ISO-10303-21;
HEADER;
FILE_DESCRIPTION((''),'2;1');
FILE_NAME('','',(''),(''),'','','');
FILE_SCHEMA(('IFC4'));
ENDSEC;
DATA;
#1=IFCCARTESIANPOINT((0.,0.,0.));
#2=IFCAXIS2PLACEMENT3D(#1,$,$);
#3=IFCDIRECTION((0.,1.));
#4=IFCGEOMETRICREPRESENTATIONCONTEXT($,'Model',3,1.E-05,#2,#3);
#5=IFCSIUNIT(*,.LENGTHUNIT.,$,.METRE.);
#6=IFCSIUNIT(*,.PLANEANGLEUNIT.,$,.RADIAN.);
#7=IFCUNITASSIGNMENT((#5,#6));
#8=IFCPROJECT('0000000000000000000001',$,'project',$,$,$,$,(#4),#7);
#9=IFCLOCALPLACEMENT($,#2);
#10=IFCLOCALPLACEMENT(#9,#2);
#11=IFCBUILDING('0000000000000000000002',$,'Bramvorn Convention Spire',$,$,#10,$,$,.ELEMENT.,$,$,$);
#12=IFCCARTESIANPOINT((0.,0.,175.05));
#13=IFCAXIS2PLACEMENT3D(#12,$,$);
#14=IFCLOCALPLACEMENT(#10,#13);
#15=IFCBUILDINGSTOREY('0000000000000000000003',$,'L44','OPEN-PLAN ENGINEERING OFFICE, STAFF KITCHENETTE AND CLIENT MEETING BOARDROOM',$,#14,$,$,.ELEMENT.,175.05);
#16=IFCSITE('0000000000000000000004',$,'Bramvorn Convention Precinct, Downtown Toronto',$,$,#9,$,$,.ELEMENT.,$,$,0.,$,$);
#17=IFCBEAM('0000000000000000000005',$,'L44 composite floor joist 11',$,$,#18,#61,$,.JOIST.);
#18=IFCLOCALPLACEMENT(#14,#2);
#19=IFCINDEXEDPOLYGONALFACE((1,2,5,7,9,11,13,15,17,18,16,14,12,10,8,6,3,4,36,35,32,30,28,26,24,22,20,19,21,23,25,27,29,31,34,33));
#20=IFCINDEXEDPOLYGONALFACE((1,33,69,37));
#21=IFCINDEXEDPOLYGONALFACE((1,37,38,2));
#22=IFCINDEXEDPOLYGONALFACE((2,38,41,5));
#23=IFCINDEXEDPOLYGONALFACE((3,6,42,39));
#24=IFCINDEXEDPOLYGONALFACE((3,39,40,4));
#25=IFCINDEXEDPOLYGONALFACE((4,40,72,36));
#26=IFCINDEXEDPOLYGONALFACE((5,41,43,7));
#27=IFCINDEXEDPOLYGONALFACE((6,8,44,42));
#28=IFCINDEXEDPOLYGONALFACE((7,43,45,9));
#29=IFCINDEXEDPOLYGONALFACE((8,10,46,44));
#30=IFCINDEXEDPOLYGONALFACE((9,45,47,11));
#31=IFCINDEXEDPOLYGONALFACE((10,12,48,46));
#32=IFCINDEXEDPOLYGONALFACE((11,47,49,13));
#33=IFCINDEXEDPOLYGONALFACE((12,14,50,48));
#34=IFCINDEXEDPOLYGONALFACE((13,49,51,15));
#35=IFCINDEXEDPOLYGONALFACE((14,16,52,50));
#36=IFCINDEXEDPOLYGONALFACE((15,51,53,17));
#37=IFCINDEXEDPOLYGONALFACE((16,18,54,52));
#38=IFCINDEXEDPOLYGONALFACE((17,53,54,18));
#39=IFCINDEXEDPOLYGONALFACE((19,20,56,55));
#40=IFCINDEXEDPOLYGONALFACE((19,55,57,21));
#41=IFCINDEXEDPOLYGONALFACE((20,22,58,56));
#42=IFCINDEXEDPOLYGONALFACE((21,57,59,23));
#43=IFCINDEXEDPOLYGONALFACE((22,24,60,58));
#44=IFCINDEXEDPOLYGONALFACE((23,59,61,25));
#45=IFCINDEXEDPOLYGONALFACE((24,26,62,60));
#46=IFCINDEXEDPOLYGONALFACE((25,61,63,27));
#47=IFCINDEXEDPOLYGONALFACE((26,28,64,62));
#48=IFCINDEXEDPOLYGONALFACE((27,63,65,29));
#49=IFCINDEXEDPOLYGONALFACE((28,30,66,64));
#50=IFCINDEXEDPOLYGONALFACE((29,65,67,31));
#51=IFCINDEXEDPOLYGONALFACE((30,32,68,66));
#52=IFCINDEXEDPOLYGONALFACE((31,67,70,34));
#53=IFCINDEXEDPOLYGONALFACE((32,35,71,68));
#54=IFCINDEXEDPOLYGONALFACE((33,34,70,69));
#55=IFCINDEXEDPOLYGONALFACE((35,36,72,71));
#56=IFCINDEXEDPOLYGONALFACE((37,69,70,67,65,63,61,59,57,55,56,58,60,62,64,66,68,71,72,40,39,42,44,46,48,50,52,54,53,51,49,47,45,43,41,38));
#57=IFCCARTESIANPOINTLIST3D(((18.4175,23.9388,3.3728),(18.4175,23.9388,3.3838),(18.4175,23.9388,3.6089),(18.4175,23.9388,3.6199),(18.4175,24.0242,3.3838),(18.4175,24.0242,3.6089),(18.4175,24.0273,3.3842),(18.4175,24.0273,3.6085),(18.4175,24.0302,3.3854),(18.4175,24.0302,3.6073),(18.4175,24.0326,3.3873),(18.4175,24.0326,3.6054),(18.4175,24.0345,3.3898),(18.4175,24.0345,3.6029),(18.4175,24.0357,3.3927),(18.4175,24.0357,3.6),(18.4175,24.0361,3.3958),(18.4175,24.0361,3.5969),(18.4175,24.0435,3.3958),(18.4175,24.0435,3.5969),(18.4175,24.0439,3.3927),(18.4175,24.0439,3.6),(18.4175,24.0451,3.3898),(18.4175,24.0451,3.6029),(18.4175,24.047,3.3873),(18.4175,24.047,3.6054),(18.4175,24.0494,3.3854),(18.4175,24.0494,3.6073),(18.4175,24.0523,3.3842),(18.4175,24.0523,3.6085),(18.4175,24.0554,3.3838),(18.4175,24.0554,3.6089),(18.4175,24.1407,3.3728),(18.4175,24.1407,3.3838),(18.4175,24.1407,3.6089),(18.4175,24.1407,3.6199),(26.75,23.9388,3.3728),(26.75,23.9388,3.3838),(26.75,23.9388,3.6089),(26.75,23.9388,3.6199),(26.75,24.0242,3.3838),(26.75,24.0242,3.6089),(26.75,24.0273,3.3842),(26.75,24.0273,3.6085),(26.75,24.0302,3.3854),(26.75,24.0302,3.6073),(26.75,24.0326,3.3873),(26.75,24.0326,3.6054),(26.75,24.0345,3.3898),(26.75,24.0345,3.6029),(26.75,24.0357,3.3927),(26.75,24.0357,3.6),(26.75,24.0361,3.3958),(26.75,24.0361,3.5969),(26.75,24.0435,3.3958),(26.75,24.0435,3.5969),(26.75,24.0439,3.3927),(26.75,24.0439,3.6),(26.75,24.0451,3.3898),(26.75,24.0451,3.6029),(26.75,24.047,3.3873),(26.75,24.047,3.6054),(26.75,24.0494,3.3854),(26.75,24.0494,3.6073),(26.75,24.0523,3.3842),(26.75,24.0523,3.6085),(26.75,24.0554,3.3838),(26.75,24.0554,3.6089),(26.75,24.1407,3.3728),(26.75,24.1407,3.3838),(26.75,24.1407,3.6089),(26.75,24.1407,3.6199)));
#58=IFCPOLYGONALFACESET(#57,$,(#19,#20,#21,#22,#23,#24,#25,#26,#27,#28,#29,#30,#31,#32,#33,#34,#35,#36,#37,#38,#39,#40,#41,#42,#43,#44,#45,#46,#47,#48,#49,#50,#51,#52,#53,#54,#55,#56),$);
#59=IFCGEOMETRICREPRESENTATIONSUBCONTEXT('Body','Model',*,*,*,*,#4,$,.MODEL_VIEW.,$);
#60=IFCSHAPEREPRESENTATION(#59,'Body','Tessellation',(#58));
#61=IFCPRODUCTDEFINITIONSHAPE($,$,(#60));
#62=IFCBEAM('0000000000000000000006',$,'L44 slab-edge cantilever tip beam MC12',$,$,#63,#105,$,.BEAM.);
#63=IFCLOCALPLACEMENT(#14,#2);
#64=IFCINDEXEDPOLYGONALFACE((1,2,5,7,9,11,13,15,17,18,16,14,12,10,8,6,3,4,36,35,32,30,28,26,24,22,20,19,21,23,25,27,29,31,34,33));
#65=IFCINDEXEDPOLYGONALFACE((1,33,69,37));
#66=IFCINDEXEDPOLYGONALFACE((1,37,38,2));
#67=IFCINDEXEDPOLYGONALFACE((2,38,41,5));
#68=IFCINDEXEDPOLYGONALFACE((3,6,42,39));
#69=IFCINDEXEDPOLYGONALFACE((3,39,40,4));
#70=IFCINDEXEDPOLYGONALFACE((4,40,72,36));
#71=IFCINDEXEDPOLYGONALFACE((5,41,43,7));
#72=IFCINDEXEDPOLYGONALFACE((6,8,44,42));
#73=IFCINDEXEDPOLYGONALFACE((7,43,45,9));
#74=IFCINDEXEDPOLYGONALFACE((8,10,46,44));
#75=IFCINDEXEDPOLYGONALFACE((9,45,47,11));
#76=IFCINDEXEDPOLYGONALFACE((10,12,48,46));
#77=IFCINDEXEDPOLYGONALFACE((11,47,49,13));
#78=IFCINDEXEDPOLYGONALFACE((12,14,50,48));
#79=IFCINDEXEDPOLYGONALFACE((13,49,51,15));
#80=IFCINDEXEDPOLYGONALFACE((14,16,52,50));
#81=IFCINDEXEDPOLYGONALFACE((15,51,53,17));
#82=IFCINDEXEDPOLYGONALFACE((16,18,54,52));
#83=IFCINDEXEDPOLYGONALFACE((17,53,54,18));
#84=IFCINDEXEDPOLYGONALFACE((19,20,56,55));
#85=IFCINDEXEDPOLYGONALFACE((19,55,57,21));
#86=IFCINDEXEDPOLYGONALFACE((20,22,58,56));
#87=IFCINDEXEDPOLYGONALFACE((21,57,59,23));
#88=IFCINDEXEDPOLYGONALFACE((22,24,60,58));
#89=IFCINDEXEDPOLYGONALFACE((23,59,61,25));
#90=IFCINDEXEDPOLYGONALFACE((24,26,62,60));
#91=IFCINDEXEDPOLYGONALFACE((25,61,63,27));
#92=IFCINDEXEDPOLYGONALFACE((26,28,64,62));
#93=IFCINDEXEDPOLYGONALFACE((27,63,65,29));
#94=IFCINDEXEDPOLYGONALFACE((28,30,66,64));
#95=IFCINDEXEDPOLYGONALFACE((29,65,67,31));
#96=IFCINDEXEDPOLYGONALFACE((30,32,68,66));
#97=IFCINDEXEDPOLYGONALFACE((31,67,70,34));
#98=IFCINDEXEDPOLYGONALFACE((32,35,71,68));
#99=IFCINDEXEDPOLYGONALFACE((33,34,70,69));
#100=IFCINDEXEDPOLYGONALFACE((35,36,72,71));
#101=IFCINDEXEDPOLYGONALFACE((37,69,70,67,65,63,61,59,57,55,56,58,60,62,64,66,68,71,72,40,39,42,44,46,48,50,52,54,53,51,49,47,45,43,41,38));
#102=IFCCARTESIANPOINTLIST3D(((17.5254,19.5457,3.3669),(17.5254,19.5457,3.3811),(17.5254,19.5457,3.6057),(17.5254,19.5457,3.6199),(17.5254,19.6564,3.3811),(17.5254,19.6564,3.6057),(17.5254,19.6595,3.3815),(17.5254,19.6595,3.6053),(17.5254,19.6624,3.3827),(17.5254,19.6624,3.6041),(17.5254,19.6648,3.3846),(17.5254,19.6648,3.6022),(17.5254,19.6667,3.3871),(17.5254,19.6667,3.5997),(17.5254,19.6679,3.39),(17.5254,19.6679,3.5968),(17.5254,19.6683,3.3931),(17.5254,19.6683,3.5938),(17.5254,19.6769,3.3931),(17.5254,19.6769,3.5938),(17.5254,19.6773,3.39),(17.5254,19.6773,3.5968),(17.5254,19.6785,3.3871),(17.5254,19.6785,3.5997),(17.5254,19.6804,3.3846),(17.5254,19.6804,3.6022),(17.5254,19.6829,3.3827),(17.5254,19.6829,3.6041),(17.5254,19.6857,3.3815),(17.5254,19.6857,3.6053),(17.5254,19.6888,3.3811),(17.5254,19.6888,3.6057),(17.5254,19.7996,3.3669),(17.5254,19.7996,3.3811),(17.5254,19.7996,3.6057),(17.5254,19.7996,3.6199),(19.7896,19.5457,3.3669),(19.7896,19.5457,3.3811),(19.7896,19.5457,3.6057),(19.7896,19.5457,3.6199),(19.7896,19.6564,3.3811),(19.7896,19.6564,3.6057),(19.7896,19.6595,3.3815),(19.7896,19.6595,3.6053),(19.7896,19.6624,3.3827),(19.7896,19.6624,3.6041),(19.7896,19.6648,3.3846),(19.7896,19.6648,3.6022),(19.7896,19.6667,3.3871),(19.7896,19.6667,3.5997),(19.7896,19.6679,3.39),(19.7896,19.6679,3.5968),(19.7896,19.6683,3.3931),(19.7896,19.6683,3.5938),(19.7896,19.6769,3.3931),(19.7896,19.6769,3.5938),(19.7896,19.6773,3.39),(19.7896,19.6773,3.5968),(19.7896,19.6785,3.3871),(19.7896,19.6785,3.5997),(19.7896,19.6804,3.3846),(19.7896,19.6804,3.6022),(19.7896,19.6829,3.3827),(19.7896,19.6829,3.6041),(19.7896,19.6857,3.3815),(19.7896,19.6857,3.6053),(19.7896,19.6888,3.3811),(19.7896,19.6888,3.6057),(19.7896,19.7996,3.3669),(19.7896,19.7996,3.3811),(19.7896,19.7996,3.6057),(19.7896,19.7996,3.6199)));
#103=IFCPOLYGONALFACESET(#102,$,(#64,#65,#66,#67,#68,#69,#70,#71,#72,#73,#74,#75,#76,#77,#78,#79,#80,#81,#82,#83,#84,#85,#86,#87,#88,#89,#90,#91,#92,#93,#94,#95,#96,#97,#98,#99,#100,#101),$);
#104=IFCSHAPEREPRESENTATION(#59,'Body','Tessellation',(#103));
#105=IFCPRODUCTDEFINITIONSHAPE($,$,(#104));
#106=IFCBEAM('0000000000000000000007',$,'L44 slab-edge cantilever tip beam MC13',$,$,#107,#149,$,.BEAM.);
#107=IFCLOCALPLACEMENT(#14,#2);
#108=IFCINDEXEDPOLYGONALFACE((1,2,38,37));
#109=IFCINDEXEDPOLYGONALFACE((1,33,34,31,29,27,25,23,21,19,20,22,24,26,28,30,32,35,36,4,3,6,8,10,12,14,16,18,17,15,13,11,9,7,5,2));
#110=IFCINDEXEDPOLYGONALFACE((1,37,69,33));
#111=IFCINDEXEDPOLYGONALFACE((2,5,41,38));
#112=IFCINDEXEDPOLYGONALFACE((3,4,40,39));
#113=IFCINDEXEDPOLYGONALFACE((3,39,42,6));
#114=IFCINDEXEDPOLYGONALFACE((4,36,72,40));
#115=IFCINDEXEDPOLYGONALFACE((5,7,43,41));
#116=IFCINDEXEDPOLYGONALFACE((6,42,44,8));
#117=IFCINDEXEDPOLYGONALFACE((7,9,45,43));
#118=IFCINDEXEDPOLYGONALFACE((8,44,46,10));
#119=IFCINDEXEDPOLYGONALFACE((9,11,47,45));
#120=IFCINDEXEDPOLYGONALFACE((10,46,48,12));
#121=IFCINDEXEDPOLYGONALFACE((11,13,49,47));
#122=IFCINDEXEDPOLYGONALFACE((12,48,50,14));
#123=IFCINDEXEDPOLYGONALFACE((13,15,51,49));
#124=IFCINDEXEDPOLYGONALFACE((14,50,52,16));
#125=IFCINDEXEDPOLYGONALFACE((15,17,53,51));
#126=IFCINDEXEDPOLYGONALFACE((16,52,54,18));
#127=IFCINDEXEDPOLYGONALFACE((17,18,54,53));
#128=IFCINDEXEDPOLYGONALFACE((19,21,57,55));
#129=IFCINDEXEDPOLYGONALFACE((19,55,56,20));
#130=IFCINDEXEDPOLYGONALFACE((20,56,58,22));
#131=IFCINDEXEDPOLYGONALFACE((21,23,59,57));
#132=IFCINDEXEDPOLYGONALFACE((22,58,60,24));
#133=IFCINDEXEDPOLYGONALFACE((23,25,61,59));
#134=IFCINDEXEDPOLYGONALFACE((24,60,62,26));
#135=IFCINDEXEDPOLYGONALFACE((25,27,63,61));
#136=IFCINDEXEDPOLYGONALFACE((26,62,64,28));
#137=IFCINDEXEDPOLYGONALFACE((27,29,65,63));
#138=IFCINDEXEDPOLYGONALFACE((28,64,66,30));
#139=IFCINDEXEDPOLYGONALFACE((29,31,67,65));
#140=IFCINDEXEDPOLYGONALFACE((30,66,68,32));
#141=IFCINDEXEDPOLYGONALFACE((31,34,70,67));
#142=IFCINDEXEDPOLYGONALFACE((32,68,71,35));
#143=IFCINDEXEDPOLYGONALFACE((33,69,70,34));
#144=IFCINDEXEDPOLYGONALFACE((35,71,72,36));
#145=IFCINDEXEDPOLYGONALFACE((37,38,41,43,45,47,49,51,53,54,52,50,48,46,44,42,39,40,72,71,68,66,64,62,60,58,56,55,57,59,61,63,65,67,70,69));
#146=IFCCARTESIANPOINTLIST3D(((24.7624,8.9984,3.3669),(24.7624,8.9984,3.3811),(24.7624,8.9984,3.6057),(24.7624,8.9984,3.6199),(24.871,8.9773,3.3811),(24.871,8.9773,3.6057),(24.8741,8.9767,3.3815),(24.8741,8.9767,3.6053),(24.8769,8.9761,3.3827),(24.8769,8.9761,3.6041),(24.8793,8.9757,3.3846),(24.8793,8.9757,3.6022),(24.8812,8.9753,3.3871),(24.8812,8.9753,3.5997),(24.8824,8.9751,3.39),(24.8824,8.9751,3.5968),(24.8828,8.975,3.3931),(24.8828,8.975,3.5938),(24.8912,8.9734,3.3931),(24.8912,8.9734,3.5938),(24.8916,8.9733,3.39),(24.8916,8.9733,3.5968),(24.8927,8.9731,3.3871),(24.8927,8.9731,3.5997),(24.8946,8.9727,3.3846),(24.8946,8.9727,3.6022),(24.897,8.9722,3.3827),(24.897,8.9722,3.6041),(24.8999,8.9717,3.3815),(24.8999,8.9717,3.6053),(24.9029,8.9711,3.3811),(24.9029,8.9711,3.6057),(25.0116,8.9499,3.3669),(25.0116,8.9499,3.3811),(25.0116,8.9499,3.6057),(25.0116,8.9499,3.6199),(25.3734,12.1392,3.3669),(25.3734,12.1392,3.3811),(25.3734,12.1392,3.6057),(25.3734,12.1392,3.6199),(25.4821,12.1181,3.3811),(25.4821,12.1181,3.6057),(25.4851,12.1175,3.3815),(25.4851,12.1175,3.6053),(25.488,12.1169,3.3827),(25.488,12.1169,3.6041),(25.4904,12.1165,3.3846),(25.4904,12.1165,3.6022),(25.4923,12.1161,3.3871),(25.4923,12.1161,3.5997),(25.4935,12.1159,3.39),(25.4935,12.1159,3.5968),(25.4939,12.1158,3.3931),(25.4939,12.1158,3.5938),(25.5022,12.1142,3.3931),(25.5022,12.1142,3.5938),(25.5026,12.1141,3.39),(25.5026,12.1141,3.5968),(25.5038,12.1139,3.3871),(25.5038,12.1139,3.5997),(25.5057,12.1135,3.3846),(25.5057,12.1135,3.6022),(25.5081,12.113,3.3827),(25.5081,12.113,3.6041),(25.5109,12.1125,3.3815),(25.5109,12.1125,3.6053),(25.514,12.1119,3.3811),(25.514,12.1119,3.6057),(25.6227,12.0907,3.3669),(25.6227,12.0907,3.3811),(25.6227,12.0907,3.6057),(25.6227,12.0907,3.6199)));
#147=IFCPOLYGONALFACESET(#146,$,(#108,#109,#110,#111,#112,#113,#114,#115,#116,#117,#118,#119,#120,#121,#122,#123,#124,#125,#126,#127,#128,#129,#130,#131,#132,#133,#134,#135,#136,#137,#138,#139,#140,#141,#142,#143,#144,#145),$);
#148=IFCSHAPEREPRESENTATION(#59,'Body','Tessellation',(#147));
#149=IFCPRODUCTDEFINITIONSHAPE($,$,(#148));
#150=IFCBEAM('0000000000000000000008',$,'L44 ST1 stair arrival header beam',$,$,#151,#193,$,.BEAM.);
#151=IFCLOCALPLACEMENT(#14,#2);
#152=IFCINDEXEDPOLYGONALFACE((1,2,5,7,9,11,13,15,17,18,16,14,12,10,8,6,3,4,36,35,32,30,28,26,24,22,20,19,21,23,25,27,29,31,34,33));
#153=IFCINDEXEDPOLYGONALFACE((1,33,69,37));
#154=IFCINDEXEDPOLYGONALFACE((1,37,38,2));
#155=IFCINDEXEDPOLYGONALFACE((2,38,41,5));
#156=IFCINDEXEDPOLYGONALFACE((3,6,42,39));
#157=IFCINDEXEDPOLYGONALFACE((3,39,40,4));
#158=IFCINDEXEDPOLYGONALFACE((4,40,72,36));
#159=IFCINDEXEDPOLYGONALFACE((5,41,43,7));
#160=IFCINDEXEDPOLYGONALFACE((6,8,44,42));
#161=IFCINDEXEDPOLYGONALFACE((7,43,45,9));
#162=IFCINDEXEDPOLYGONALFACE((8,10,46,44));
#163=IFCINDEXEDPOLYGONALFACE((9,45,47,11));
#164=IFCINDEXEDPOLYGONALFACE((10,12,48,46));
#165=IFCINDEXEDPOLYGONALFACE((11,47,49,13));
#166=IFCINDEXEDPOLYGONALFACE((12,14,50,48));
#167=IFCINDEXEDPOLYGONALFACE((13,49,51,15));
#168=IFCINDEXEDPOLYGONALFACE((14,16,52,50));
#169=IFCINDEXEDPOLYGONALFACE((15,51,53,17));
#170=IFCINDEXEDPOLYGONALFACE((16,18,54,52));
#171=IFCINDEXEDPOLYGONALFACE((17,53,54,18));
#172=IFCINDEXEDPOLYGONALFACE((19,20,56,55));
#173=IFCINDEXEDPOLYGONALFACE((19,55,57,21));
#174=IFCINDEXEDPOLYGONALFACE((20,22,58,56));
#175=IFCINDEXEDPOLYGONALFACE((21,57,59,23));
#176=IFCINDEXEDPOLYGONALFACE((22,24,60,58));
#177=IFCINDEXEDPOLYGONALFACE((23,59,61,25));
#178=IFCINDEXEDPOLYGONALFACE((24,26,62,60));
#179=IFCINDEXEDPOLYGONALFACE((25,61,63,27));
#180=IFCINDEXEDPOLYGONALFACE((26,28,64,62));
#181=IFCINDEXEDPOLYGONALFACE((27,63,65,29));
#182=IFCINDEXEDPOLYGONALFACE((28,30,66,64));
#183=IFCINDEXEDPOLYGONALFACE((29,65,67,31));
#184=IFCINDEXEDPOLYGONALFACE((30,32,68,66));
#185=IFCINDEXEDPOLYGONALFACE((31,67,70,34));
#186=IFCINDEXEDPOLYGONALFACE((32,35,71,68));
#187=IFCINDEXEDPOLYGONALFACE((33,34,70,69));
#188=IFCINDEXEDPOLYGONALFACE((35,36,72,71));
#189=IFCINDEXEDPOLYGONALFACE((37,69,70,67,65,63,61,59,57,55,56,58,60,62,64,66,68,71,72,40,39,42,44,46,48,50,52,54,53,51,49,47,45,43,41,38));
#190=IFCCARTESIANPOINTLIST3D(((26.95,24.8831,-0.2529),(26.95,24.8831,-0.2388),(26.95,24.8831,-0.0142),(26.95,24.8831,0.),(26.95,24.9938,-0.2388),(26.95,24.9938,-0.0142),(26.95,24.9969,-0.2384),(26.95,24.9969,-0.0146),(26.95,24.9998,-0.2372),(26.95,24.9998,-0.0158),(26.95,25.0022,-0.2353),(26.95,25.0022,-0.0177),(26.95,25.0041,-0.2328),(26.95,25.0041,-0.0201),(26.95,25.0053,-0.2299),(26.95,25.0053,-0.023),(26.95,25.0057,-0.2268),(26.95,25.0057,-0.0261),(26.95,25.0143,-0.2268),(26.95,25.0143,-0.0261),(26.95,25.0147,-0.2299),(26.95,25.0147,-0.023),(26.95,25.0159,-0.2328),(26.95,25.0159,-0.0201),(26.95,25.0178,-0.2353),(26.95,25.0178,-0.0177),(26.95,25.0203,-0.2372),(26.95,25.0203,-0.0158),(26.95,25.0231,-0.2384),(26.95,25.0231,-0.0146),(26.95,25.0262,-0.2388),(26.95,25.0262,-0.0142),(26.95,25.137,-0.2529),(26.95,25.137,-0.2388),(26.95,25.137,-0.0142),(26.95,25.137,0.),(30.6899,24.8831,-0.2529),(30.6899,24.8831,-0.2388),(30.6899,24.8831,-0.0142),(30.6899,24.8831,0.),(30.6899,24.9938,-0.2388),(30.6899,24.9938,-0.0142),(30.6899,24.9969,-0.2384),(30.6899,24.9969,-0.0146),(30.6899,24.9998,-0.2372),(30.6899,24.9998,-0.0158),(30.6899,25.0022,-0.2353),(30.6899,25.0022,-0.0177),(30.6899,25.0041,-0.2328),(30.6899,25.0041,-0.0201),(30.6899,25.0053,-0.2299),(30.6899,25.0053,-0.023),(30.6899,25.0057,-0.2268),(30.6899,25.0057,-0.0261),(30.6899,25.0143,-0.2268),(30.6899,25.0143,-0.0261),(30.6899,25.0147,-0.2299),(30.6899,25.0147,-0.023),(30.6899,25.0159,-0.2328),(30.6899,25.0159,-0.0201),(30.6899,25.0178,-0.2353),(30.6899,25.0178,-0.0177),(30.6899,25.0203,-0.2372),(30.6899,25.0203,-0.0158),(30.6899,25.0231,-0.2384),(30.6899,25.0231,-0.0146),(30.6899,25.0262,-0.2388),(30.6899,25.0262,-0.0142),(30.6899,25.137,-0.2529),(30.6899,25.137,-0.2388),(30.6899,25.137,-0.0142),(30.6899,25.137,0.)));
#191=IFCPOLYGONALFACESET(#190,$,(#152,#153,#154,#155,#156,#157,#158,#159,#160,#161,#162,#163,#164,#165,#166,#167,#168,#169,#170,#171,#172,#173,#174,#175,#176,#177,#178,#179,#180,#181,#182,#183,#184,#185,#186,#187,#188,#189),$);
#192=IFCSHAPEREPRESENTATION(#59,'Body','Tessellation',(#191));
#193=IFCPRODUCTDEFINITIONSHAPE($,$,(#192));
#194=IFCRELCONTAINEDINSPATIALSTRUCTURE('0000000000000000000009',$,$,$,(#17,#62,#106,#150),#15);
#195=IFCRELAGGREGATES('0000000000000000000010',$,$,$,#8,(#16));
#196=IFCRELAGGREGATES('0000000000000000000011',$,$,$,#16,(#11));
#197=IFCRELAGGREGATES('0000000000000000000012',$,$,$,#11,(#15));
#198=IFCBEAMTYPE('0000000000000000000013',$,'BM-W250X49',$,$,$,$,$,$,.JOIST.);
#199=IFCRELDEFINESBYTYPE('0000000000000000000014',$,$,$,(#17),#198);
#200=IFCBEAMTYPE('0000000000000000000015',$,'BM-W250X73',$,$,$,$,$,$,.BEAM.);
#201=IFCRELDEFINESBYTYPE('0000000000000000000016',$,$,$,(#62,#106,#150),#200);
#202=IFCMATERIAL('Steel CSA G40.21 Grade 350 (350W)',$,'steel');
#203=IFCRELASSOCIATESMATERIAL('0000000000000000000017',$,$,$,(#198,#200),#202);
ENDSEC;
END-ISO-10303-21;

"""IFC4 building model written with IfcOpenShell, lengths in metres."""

from ifc_helpers import new_model, si_unit, direction, frame, origin, origin_2d, place, context, subcontext, project, spatial, i_section, extrude, material, material_profile, profile_set, type_object, element, save


model = new_model("IFC4")

# Units and contexts
model_context = context("Model", 3, precision=1e-05, world=origin(), true_north=direction((0.0, 1.0)))
body_context = subcontext(model_context, "Body", "Model", "MODEL_VIEW")
ifc_project = project(units=[si_unit("LENGTHUNIT", "METRE"), si_unit("PLANEANGLEUNIT", "RADIAN")], contexts=[model_context])

# Site, building, storey
site_placement = place(None, origin())
site = spatial("IfcSite", under=ifc_project, at=site_placement, Name="Bramvorn Convention Precinct, Downtown Toronto", CompositionType="ELEMENT", RefElevation=0.0)
building_placement = place(site_placement, origin())
building = spatial("IfcBuilding", under=site, at=building_placement, Name="Bramvorn Convention Spire", CompositionType="ELEMENT")
storey_placement = place(building_placement, frame((0.0, 0.0, 175.05)))
storey = spatial("IfcBuildingStorey", under=building, at=storey_placement, Name="L44", Description="OPEN-PLAN ENGINEERING OFFICE, STAFF KITCHENETTE AND CLIENT MEETING BOARDROOM", CompositionType="ELEMENT", Elevation=175.05)

# Shared definitions
ifc_material_1 = material(Name="Steel CSA G40.21 Grade 350 (350W)", Category="steel")

# Beams
ifc_material_profile_1 = material_profile(ifc_material_1, i_section(OverallWidth=0.2019, OverallDepth=0.2471, WebThickness=0.0073, FlangeThickness=0.011, FilletRadius=0.012, at=origin_2d()))
ifc_profile_set_1 = profile_set([ifc_material_profile_1], Name="Steel CSA G40.21 Grade 350 (350W) - W250X49")
beam_type_1 = type_object("IfcBeamType", Name="BM-W250X49", PredefinedType="JOIST", material=ifc_profile_set_1)
beam_1_placement = place(storey_placement, frame((26.75, 24.0398, 3.4963), z_axis=(-1.0, 0.0, 0.0), x_axis=(0.0, -1.0, 0.0)))
element("IfcBeam", 1, at=beam_1_placement, inside=storey, type_object=beam_type_1, Name="L44 composite floor joist 11", PredefinedType="JOIST", context=body_context, shape_type="SweptSolid", body=[
    extrude(i_section(OverallWidth=0.2019, OverallDepth=0.2471, WebThickness=0.0073, FlangeThickness=0.011, FilletRadius=0.012, at=origin_2d()), origin(), (0.0, 0.0, 1.0), 8.3325),
])
ifc_material_profile_2 = material_profile(ifc_material_1, i_section(OverallWidth=0.2539, OverallDepth=0.2529, WebThickness=0.0085, FlangeThickness=0.0142, FilletRadius=0.012, at=origin_2d()))
ifc_profile_set_2 = profile_set([ifc_material_profile_2], Name="Steel CSA G40.21 Grade 350 (350W) - W250X73")
beam_type_2 = type_object("IfcBeamType", Name="BM-W250X73", PredefinedType="BEAM", material=ifc_profile_set_2)
beam_2_placement = place(storey_placement, frame((19.7896, 19.6726, 3.4934), z_axis=(-1.0, 0.0, 0.0), x_axis=(0.0, -1.0, 0.0)))
element("IfcBeam", 2, at=beam_2_placement, inside=storey, type_object=beam_type_2, Name="L44 slab-edge cantilever tip beam MC12", PredefinedType="BEAM", context=body_context, shape_type="SweptSolid", body=[
    extrude(i_section(OverallWidth=0.2539, OverallDepth=0.2529, WebThickness=0.0085, FlangeThickness=0.0142, FilletRadius=0.012, at=origin_2d()), origin(), (0.0, 0.0, 1.0), 2.2642),
])
beam_3_placement = place(storey_placement, frame((25.498, 12.115, 3.4934), z_axis=(-0.190978, -0.981594, 0.0), x_axis=(0.981594, -0.190978, 0.0)))
element("IfcBeam", 3, at=beam_3_placement, inside=storey, type_object=beam_type_2, Name="L44 slab-edge cantilever tip beam MC13", PredefinedType="BEAM", context=body_context, shape_type="SweptSolid", body=[
    extrude(i_section(OverallWidth=0.2539, OverallDepth=0.2529, WebThickness=0.0085, FlangeThickness=0.0142, FilletRadius=0.012, at=origin_2d()), origin(), (0.0, 0.0, 1.0), 3.1997),
])
beam_4_placement = place(storey_placement, frame((26.95, 25.01, -0.1265), z_axis=(1.0, 0.0, 0.0), x_axis=(0.0, 1.0, 0.0)))
element("IfcBeam", 4, at=beam_4_placement, inside=storey, type_object=beam_type_2, Name="L44 ST1 stair arrival header beam", PredefinedType="BEAM", context=body_context, shape_type="SweptSolid", body=[
    extrude(i_section(OverallWidth=0.2539, OverallDepth=0.2529, WebThickness=0.0085, FlangeThickness=0.0142, FilletRadius=0.012, at=origin_2d()), origin(), (0.0, 0.0, 1.0), 3.74),
])

save(model, "model.ifc")
